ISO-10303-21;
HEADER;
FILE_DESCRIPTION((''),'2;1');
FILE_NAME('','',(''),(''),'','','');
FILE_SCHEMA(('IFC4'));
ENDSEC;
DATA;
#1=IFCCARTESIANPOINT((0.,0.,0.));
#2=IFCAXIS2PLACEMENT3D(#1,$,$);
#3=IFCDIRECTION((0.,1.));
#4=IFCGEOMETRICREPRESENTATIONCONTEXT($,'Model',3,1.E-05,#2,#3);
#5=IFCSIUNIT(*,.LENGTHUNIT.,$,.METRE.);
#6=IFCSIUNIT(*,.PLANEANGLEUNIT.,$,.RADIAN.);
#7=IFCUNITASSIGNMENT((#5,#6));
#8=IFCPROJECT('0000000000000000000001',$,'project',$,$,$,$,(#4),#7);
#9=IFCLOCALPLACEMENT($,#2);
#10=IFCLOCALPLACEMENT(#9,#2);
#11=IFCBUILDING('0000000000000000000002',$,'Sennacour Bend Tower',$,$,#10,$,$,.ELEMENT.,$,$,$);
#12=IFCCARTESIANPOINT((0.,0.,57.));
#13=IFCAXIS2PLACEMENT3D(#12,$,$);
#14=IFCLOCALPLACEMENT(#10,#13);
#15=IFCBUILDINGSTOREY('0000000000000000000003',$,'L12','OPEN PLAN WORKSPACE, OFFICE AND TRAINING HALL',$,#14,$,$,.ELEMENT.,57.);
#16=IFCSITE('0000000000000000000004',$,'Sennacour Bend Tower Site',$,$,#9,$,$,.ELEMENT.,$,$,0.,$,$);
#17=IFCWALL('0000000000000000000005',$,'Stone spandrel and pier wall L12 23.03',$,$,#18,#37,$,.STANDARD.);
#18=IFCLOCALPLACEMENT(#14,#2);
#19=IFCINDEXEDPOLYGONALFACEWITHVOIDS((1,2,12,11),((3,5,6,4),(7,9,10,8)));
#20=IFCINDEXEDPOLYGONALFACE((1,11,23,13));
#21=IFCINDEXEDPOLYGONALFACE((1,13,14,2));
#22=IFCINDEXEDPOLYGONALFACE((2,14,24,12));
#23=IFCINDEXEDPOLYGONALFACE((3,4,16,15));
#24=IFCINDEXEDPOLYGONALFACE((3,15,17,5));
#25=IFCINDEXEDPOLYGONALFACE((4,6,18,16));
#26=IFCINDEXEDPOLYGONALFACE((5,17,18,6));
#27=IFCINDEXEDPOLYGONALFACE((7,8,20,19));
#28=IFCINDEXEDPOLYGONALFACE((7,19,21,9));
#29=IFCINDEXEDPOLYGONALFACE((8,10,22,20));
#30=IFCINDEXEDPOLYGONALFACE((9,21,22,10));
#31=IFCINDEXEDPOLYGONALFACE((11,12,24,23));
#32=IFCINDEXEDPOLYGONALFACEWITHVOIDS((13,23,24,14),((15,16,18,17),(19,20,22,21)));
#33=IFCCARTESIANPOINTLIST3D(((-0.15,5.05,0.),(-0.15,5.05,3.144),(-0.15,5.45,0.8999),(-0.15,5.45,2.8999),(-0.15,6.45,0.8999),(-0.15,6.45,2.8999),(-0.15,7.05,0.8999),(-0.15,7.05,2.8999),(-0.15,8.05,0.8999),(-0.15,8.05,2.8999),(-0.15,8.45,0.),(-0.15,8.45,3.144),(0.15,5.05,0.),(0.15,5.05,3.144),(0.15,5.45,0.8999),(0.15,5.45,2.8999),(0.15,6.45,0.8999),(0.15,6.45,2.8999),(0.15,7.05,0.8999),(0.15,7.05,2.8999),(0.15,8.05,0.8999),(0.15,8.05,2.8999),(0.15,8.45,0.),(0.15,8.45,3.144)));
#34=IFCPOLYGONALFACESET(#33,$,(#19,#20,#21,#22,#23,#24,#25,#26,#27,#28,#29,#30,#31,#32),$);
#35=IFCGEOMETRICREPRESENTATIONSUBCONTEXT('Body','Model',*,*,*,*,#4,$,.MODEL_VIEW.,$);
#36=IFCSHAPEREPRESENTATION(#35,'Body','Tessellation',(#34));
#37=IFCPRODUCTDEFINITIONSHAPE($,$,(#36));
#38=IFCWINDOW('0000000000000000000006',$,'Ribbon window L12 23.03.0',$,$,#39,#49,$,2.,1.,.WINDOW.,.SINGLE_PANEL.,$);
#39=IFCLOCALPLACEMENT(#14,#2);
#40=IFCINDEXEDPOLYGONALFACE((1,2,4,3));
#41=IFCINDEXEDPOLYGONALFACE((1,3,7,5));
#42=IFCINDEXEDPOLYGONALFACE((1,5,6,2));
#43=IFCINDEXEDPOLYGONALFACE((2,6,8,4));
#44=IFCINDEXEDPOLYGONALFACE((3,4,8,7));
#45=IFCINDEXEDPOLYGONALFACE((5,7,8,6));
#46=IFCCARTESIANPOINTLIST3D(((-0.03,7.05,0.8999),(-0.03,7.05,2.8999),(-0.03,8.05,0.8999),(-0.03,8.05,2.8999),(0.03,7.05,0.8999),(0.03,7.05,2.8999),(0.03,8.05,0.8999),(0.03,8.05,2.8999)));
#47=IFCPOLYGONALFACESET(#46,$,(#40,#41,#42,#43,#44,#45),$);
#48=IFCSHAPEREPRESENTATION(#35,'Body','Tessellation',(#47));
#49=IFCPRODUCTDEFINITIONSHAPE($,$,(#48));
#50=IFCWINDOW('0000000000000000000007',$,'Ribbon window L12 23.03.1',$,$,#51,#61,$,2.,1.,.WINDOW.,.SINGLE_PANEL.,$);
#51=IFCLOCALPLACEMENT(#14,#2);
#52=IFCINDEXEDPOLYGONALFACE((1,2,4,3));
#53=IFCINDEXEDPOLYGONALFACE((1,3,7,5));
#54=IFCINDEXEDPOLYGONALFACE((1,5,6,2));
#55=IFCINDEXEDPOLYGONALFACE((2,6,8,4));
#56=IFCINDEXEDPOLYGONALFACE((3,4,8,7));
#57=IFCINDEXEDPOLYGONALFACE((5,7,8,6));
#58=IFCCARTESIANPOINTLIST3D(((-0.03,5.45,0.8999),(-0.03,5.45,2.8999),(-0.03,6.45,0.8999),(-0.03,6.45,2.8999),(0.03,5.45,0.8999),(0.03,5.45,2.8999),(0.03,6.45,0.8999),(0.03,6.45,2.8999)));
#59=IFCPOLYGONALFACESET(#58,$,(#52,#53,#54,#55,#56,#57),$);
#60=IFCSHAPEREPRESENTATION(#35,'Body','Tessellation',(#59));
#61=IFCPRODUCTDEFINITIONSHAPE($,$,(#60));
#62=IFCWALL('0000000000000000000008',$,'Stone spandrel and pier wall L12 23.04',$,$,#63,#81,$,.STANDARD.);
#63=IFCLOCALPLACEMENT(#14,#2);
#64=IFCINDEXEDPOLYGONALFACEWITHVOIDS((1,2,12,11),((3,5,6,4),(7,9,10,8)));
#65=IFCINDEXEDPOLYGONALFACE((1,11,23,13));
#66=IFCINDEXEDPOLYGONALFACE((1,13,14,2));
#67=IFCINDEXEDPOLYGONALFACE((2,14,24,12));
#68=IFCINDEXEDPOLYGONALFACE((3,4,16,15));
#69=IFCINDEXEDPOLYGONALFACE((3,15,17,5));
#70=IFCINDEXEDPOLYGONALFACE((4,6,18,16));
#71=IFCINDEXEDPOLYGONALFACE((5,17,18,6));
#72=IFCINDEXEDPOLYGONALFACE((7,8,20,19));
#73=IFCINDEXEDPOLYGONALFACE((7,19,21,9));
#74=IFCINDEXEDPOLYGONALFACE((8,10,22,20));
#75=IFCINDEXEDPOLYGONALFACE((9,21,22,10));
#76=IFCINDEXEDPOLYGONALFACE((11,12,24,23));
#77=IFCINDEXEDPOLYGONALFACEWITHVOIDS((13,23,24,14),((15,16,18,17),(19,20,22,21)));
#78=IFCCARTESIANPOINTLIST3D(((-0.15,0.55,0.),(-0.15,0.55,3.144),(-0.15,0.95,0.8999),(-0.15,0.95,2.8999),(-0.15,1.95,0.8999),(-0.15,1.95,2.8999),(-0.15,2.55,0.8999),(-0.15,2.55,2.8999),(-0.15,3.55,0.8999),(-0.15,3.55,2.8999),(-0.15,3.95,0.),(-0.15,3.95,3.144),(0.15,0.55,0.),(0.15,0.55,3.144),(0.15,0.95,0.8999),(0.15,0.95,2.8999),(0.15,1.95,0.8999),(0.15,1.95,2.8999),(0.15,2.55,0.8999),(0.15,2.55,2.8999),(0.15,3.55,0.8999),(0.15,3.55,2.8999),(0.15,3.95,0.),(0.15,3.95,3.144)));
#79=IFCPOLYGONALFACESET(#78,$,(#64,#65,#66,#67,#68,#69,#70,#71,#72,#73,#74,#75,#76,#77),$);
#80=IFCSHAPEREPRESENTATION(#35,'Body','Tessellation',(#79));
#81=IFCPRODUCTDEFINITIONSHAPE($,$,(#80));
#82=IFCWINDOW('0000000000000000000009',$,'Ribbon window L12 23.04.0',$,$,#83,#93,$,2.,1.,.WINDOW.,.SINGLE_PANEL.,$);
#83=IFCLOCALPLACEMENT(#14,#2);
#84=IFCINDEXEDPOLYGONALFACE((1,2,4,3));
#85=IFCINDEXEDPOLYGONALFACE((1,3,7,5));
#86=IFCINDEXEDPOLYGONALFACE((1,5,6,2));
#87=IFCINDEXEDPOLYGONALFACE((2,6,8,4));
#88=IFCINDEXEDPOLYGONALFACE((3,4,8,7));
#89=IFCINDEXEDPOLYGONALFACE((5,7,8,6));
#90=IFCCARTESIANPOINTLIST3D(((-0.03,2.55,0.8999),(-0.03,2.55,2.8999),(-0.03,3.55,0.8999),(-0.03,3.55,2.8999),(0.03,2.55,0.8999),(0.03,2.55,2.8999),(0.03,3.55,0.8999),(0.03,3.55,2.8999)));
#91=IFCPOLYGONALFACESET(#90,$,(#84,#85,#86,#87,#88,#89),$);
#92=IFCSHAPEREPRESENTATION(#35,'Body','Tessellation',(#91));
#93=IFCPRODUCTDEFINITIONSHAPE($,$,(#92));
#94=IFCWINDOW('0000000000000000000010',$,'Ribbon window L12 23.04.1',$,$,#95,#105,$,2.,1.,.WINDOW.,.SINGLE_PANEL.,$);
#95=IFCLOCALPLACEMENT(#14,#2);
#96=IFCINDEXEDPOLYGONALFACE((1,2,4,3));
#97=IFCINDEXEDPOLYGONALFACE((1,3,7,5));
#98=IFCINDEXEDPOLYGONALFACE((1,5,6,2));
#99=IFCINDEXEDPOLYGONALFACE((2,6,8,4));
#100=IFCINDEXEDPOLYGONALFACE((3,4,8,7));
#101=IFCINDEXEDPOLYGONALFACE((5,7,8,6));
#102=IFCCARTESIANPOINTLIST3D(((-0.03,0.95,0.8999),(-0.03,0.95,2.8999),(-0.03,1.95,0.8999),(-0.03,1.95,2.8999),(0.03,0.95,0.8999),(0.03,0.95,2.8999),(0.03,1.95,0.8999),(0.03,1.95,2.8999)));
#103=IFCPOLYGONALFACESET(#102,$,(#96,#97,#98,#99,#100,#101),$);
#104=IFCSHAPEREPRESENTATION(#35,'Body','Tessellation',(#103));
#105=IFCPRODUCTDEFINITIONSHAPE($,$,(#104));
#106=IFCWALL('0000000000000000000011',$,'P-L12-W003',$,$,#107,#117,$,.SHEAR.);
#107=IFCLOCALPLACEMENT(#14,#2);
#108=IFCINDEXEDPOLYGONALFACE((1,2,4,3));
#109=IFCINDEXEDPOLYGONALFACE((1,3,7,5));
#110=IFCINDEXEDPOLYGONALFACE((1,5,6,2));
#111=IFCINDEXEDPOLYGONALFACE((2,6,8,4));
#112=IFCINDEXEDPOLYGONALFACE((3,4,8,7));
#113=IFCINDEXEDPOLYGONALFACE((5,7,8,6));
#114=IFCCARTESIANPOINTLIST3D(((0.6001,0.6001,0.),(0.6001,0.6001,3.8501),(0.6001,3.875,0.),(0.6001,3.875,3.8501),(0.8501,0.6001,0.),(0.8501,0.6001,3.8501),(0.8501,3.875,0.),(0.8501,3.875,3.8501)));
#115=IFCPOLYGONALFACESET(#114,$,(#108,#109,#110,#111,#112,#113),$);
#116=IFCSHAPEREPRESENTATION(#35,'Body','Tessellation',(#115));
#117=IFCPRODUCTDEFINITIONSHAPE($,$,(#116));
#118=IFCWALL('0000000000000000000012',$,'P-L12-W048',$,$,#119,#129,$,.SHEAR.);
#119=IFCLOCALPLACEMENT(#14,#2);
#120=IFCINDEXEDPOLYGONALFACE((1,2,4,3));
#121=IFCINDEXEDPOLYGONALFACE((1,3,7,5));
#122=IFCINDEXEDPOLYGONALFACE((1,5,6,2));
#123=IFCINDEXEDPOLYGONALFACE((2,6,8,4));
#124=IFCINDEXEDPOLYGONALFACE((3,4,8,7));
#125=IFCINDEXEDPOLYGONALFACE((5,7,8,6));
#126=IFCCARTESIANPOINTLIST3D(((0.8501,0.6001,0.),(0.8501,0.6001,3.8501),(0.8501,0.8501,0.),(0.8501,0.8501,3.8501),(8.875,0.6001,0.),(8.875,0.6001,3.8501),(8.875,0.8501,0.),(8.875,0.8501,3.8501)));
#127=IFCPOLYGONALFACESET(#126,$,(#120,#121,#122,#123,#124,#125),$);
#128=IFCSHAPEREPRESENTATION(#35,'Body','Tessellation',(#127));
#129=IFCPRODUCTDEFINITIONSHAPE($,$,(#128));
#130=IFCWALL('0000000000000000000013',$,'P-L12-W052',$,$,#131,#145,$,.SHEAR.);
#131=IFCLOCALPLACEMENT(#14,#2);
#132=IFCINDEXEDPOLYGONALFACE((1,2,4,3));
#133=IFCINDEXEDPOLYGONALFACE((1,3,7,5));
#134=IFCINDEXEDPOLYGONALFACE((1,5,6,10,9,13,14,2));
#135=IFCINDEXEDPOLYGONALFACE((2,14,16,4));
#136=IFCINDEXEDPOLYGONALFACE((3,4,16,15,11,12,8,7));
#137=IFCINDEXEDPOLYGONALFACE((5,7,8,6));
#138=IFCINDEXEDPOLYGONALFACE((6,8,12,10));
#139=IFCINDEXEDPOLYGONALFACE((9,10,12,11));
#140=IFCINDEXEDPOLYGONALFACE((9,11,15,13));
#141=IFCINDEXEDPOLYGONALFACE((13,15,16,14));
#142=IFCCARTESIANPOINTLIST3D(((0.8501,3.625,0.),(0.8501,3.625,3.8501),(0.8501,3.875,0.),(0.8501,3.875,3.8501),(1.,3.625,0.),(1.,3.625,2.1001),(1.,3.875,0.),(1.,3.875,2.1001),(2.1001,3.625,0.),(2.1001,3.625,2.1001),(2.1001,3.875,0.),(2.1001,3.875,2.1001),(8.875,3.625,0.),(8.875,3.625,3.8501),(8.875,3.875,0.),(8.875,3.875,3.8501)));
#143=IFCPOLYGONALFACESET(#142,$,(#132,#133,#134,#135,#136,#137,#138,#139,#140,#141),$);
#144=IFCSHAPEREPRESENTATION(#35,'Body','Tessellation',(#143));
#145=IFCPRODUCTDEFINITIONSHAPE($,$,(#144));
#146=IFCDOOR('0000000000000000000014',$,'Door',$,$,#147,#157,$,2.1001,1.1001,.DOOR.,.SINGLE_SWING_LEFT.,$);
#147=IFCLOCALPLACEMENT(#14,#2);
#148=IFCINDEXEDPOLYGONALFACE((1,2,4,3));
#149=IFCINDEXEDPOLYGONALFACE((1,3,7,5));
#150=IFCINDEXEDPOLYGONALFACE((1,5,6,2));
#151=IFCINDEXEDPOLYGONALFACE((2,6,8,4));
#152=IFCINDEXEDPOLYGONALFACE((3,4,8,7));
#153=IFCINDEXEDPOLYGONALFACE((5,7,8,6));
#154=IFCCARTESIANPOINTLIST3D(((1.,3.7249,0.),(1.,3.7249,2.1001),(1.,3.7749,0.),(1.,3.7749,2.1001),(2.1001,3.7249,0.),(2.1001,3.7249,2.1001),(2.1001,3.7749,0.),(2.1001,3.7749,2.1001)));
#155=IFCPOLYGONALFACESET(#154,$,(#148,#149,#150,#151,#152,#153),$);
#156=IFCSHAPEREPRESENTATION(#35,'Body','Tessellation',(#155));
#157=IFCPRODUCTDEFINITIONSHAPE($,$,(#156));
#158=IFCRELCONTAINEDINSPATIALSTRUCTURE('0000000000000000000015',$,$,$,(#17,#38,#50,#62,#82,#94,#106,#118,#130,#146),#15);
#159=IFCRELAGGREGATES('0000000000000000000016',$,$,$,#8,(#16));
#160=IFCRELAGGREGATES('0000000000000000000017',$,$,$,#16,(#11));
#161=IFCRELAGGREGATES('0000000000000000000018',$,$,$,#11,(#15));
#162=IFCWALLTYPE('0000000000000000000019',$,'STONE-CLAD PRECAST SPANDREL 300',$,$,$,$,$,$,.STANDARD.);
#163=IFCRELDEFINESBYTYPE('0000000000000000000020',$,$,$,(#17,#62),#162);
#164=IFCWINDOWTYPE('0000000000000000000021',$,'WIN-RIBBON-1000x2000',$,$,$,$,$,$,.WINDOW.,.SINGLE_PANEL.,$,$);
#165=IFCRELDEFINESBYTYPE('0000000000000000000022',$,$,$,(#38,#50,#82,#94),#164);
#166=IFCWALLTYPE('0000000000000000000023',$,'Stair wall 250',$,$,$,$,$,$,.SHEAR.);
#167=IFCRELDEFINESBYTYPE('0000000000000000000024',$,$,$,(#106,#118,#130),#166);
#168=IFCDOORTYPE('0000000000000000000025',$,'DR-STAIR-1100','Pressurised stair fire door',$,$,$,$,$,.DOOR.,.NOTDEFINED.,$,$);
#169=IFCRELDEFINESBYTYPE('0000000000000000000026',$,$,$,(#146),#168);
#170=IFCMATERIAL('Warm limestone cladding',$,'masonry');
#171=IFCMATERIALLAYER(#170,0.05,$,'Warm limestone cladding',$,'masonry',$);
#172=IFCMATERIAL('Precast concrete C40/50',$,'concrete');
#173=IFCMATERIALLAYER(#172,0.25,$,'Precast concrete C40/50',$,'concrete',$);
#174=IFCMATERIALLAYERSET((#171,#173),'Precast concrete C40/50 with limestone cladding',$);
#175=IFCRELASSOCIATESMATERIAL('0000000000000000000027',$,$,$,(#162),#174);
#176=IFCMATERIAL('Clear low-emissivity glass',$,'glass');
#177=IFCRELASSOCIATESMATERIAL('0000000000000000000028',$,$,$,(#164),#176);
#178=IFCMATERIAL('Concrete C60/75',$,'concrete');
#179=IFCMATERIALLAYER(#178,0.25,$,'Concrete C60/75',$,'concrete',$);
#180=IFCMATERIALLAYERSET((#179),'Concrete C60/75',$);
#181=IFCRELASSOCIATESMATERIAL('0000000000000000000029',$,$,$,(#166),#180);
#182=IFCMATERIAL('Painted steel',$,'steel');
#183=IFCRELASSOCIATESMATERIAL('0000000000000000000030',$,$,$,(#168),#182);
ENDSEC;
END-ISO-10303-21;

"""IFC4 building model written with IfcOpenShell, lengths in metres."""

from ifc_helpers import new_model, si_unit, direction, frame, frame_2d, origin, place, context, subcontext, project, spatial, rectangle, extrude, material, layer, layer_set, type_object, element, fill, save


model = new_model("IFC4")

# Units and contexts
model_context = context("Model", 3, precision=1e-05, world=origin(), true_north=direction((0.0, 1.0)))
body_context = subcontext(model_context, "Body", "Model", "MODEL_VIEW")
ifc_project = project(units=[si_unit("LENGTHUNIT", "METRE"), si_unit("PLANEANGLEUNIT", "RADIAN")], contexts=[model_context])

# Site, building, storey
site_placement = place(None, origin())
site = spatial("IfcSite", under=ifc_project, at=site_placement, Name="Sennacour Bend Tower Site", CompositionType="ELEMENT", RefElevation=0.0)
building_placement = place(site_placement, origin())
building = spatial("IfcBuilding", under=site, at=building_placement, Name="Sennacour Bend Tower", CompositionType="ELEMENT")
storey_placement = place(building_placement, frame((0.0, 0.0, 57.0)))
storey = spatial("IfcBuildingStorey", under=building, at=storey_placement, Name="L12", Description="OPEN PLAN WORKSPACE, OFFICE AND TRAINING HALL", CompositionType="ELEMENT", Elevation=57.0)

# Shared definitions
ifc_material_1 = material(Name="Painted steel", Category="steel")

# Walls, openings, windows
ifc_material_2 = material(Name="Warm limestone cladding", Category="masonry")
ifc_layer_1 = layer(ifc_material_2, 0.05, Name="Warm limestone cladding", Category="masonry")
ifc_material_3 = material(Name="Precast concrete C40/50", Category="concrete")
ifc_layer_2 = layer(ifc_material_3, 0.25, Name="Precast concrete C40/50", Category="concrete")
ifc_layer_set_1 = layer_set([ifc_layer_1, ifc_layer_2], Name="Precast concrete C40/50 with limestone cladding")
wall_type_1 = type_object("IfcWallType", Name="STONE-CLAD PRECAST SPANDREL 300", PredefinedType="STANDARD", material=ifc_layer_set_1)
ifc_material_4 = material(Name="Clear low-emissivity glass", Category="glass")
window_type = type_object("IfcWindowType", Name="WIN-RIBBON-1000x2000", PartitioningType="SINGLE_PANEL", PredefinedType="WINDOW", material=ifc_material_4)
wall_1_placement = place(storey_placement, frame((0.0, 8.45, 0.0), z_axis=(0.0, 0.0, 1.0), x_axis=(0.0, -1.0, 0.0)))
wall_1 = element("IfcWall", 1, at=wall_1_placement, inside=storey, type_object=wall_type_1, Name="Stone spandrel and pier wall L12 23.03", PredefinedType="STANDARD", context=body_context, shape_type="SweptSolid", body=[
    extrude(rectangle(XDim=3.3999, YDim=0.3, at=frame_2d((1.7, 0.0))), origin(), (0.0, 0.0, 1.0), 3.144),
])
opening_1_placement = place(wall_1_placement, frame((0.3999, 0.0, 0.8999)))
opening_1 = element("IfcOpeningElement", 2, at=opening_1_placement, cuts=wall_1, PredefinedType="OPENING", context=body_context, shape_type="SweptSolid", body=[
    extrude(rectangle(XDim=1.0, YDim=2.0, at=frame_2d((0.5, 1.0))), frame((0.0, 0.1602, 0.0), z_axis=(0.0, -1.0, 0.0), x_axis=(1.0, 0.0, 0.0)), (0.0, 0.0, 1.0), 0.3201),
])
opening_2_placement = place(wall_1_placement, frame((2.0, 0.0, 0.8999)))
opening_2 = element("IfcOpeningElement", 3, at=opening_2_placement, cuts=wall_1, PredefinedType="OPENING", context=body_context, shape_type="SweptSolid", body=[
    extrude(rectangle(XDim=1.0, YDim=2.0, at=frame_2d((0.5, 1.0))), frame((0.0, 0.1602, 0.0), z_axis=(0.0, -1.0, 0.0), x_axis=(1.0, 0.0, 0.0)), (0.0, 0.0, 1.0), 0.3201),
])
window_1_placement = place(opening_1_placement, origin())
window_1 = element("IfcWindow", 4, at=window_1_placement, inside=storey, type_object=window_type, Name="Ribbon window L12 23.03.0", OverallHeight=2.0, OverallWidth=1.0, PartitioningType="SINGLE_PANEL", PredefinedType="WINDOW", context=body_context, shape_type="SweptSolid", body=[
    extrude(rectangle(XDim=1.0, YDim=2.0, at=frame_2d((0.5, 1.0))), frame((0.0, 0.03, 0.0), z_axis=(0.0, -1.0, 0.0), x_axis=(1.0, 0.0, 0.0)), (0.0, 0.0, 1.0), 0.0601),
])
fill(opening_1, window_1)
window_2_placement = place(opening_2_placement, origin())
window_2 = element("IfcWindow", 5, at=window_2_placement, inside=storey, type_object=window_type, Name="Ribbon window L12 23.03.1", OverallHeight=2.0, OverallWidth=1.0, PartitioningType="SINGLE_PANEL", PredefinedType="WINDOW", context=body_context, shape_type="SweptSolid", body=[
    extrude(rectangle(XDim=1.0, YDim=2.0, at=frame_2d((0.5, 1.0))), frame((0.0, 0.03, 0.0), z_axis=(0.0, -1.0, 0.0), x_axis=(1.0, 0.0, 0.0)), (0.0, 0.0, 1.0), 0.0601),
])
fill(opening_2, window_2)
wall_2_placement = place(storey_placement, frame((0.0, 3.95, 0.0), z_axis=(0.0, 0.0, 1.0), x_axis=(0.0, -1.0, 0.0)))
wall_2 = element("IfcWall", 6, at=wall_2_placement, inside=storey, type_object=wall_type_1, Name="Stone spandrel and pier wall L12 23.04", PredefinedType="STANDARD", context=body_context, shape_type="SweptSolid", body=[
    extrude(rectangle(XDim=3.3999, YDim=0.3, at=frame_2d((1.7, 0.0))), origin(), (0.0, 0.0, 1.0), 3.144),
])
opening_3_placement = place(wall_2_placement, frame((0.3999, 0.0, 0.8999)))
opening_3 = element("IfcOpeningElement", 7, at=opening_3_placement, cuts=wall_2, PredefinedType="OPENING", context=body_context, shape_type="SweptSolid", body=[
    extrude(rectangle(XDim=1.0, YDim=2.0, at=frame_2d((0.5, 1.0))), frame((0.0, 0.1602, 0.0), z_axis=(0.0, -1.0, 0.0), x_axis=(1.0, 0.0, 0.0)), (0.0, 0.0, 1.0), 0.3201),
])
opening_4_placement = place(wall_2_placement, frame((2.0, 0.0, 0.8999)))
opening_4 = element("IfcOpeningElement", 8, at=opening_4_placement, cuts=wall_2, PredefinedType="OPENING", context=body_context, shape_type="SweptSolid", body=[
    extrude(rectangle(XDim=1.0, YDim=2.0, at=frame_2d((0.5, 1.0))), frame((0.0, 0.1602, 0.0), z_axis=(0.0, -1.0, 0.0), x_axis=(1.0, 0.0, 0.0)), (0.0, 0.0, 1.0), 0.3201),
])
window_3_placement = place(opening_3_placement, origin())
window_3 = element("IfcWindow", 9, at=window_3_placement, inside=storey, type_object=window_type, Name="Ribbon window L12 23.04.0", OverallHeight=2.0, OverallWidth=1.0, PartitioningType="SINGLE_PANEL", PredefinedType="WINDOW", context=body_context, shape_type="SweptSolid", body=[
    extrude(rectangle(XDim=1.0, YDim=2.0, at=frame_2d((0.5, 1.0))), frame((0.0, 0.03, 0.0), z_axis=(0.0, -1.0, 0.0), x_axis=(1.0, 0.0, 0.0)), (0.0, 0.0, 1.0), 0.0601),
])
fill(opening_3, window_3)
window_4_placement = place(opening_4_placement, origin())
window_4 = element("IfcWindow", 10, at=window_4_placement, inside=storey, type_object=window_type, Name="Ribbon window L12 23.04.1", OverallHeight=2.0, OverallWidth=1.0, PartitioningType="SINGLE_PANEL", PredefinedType="WINDOW", context=body_context, shape_type="SweptSolid", body=[
    extrude(rectangle(XDim=1.0, YDim=2.0, at=frame_2d((0.5, 1.0))), frame((0.0, 0.03, 0.0), z_axis=(0.0, -1.0, 0.0), x_axis=(1.0, 0.0, 0.0)), (0.0, 0.0, 1.0), 0.0601),
])
fill(opening_4, window_4)

# Walls
ifc_material_5 = material(Name="Concrete C60/75", Category="concrete")
ifc_layer_3 = layer(ifc_material_5, 0.25, Name="Concrete C60/75", Category="concrete")
ifc_layer_set_2 = layer_set([ifc_layer_3], Name="Concrete C60/75")
wall_type_2 = type_object("IfcWallType", Name="Stair wall 250", PredefinedType="SHEAR", material=ifc_layer_set_2)
wall_3_placement = place(storey_placement, frame((0.7251, 0.6001, 0.0), z_axis=(0.0, 0.0, 1.0), x_axis=(0.0, 1.0, 0.0)))
element("IfcWall", 11, at=wall_3_placement, inside=storey, type_object=wall_type_2, Name="P-L12-W003", PredefinedType="SHEAR", context=body_context, shape_type="SweptSolid", body=[
    extrude(rectangle(XDim=3.2749, YDim=0.25, at=frame_2d((1.6375, 0.0))), origin(), (0.0, 0.0, 1.0), 3.8501),
])
wall_4_placement = place(storey_placement, frame((0.8501, 0.7251, 0.0), z_axis=(0.0, 0.0, 1.0), x_axis=(1.0, 0.0, 0.0)))
element("IfcWall", 12, at=wall_4_placement, inside=storey, type_object=wall_type_2, Name="P-L12-W048", PredefinedType="SHEAR", context=body_context, shape_type="SweptSolid", body=[
    extrude(rectangle(XDim=8.0249, YDim=0.25, at=frame_2d((4.0125, 0.0))), origin(), (0.0, 0.0, 1.0), 3.8501),
])

# Wall, opening, door
wall_5_placement = place(storey_placement, frame((0.8501, 3.75, 0.0), z_axis=(0.0, 0.0, 1.0), x_axis=(1.0, 0.0, 0.0)))
wall_5 = element("IfcWall", 13, at=wall_5_placement, inside=storey, type_object=wall_type_2, Name="P-L12-W052", PredefinedType="SHEAR", context=body_context, shape_type="SweptSolid", body=[
    extrude(rectangle(XDim=8.0249, YDim=0.25, at=frame_2d((4.0125, 0.0))), origin(), (0.0, 0.0, 1.0), 3.8501),
])
opening_5_placement = place(wall_5_placement, frame((0.1499, 0.0, 0.0)))
opening_5 = element("IfcOpeningElement", 14, at=opening_5_placement, cuts=wall_5, PredefinedType="OPENING", context=body_context, shape_type="SweptSolid", body=[
    extrude(rectangle(XDim=1.1001, YDim=2.1001, at=frame_2d((0.55, 1.05))), frame((0.0, 0.135, 0.0), z_axis=(0.0, -1.0, 0.0), x_axis=(1.0, 0.0, 0.0)), (0.0, 0.0, 1.0), 0.27),
])
door_type_1 = type_object("IfcDoorType", Name="DR-STAIR-1100", Description="Pressurised stair fire door", OperationType="NOTDEFINED", PredefinedType="DOOR", material=ifc_material_1)
door_1_placement = place(opening_5_placement, origin())
door_1 = element("IfcDoor", 15, at=door_1_placement, inside=storey, type_object=door_type_1, Name="Door", OperationType="SINGLE_SWING_LEFT", OverallHeight=2.1001, OverallWidth=1.1001, PredefinedType="DOOR", context=body_context, shape_type="SweptSolid", body=[
    extrude(rectangle(XDim=1.1001, YDim=2.1001, at=frame_2d((0.55, 1.05))), frame((0.0, 0.0249, 0.0), z_axis=(0.0, -1.0, 0.0), x_axis=(1.0, 0.0, 0.0)), (0.0, 0.0, 1.0), 0.05),
])
fill(opening_5, door_1)

save(model, "model.ifc")
